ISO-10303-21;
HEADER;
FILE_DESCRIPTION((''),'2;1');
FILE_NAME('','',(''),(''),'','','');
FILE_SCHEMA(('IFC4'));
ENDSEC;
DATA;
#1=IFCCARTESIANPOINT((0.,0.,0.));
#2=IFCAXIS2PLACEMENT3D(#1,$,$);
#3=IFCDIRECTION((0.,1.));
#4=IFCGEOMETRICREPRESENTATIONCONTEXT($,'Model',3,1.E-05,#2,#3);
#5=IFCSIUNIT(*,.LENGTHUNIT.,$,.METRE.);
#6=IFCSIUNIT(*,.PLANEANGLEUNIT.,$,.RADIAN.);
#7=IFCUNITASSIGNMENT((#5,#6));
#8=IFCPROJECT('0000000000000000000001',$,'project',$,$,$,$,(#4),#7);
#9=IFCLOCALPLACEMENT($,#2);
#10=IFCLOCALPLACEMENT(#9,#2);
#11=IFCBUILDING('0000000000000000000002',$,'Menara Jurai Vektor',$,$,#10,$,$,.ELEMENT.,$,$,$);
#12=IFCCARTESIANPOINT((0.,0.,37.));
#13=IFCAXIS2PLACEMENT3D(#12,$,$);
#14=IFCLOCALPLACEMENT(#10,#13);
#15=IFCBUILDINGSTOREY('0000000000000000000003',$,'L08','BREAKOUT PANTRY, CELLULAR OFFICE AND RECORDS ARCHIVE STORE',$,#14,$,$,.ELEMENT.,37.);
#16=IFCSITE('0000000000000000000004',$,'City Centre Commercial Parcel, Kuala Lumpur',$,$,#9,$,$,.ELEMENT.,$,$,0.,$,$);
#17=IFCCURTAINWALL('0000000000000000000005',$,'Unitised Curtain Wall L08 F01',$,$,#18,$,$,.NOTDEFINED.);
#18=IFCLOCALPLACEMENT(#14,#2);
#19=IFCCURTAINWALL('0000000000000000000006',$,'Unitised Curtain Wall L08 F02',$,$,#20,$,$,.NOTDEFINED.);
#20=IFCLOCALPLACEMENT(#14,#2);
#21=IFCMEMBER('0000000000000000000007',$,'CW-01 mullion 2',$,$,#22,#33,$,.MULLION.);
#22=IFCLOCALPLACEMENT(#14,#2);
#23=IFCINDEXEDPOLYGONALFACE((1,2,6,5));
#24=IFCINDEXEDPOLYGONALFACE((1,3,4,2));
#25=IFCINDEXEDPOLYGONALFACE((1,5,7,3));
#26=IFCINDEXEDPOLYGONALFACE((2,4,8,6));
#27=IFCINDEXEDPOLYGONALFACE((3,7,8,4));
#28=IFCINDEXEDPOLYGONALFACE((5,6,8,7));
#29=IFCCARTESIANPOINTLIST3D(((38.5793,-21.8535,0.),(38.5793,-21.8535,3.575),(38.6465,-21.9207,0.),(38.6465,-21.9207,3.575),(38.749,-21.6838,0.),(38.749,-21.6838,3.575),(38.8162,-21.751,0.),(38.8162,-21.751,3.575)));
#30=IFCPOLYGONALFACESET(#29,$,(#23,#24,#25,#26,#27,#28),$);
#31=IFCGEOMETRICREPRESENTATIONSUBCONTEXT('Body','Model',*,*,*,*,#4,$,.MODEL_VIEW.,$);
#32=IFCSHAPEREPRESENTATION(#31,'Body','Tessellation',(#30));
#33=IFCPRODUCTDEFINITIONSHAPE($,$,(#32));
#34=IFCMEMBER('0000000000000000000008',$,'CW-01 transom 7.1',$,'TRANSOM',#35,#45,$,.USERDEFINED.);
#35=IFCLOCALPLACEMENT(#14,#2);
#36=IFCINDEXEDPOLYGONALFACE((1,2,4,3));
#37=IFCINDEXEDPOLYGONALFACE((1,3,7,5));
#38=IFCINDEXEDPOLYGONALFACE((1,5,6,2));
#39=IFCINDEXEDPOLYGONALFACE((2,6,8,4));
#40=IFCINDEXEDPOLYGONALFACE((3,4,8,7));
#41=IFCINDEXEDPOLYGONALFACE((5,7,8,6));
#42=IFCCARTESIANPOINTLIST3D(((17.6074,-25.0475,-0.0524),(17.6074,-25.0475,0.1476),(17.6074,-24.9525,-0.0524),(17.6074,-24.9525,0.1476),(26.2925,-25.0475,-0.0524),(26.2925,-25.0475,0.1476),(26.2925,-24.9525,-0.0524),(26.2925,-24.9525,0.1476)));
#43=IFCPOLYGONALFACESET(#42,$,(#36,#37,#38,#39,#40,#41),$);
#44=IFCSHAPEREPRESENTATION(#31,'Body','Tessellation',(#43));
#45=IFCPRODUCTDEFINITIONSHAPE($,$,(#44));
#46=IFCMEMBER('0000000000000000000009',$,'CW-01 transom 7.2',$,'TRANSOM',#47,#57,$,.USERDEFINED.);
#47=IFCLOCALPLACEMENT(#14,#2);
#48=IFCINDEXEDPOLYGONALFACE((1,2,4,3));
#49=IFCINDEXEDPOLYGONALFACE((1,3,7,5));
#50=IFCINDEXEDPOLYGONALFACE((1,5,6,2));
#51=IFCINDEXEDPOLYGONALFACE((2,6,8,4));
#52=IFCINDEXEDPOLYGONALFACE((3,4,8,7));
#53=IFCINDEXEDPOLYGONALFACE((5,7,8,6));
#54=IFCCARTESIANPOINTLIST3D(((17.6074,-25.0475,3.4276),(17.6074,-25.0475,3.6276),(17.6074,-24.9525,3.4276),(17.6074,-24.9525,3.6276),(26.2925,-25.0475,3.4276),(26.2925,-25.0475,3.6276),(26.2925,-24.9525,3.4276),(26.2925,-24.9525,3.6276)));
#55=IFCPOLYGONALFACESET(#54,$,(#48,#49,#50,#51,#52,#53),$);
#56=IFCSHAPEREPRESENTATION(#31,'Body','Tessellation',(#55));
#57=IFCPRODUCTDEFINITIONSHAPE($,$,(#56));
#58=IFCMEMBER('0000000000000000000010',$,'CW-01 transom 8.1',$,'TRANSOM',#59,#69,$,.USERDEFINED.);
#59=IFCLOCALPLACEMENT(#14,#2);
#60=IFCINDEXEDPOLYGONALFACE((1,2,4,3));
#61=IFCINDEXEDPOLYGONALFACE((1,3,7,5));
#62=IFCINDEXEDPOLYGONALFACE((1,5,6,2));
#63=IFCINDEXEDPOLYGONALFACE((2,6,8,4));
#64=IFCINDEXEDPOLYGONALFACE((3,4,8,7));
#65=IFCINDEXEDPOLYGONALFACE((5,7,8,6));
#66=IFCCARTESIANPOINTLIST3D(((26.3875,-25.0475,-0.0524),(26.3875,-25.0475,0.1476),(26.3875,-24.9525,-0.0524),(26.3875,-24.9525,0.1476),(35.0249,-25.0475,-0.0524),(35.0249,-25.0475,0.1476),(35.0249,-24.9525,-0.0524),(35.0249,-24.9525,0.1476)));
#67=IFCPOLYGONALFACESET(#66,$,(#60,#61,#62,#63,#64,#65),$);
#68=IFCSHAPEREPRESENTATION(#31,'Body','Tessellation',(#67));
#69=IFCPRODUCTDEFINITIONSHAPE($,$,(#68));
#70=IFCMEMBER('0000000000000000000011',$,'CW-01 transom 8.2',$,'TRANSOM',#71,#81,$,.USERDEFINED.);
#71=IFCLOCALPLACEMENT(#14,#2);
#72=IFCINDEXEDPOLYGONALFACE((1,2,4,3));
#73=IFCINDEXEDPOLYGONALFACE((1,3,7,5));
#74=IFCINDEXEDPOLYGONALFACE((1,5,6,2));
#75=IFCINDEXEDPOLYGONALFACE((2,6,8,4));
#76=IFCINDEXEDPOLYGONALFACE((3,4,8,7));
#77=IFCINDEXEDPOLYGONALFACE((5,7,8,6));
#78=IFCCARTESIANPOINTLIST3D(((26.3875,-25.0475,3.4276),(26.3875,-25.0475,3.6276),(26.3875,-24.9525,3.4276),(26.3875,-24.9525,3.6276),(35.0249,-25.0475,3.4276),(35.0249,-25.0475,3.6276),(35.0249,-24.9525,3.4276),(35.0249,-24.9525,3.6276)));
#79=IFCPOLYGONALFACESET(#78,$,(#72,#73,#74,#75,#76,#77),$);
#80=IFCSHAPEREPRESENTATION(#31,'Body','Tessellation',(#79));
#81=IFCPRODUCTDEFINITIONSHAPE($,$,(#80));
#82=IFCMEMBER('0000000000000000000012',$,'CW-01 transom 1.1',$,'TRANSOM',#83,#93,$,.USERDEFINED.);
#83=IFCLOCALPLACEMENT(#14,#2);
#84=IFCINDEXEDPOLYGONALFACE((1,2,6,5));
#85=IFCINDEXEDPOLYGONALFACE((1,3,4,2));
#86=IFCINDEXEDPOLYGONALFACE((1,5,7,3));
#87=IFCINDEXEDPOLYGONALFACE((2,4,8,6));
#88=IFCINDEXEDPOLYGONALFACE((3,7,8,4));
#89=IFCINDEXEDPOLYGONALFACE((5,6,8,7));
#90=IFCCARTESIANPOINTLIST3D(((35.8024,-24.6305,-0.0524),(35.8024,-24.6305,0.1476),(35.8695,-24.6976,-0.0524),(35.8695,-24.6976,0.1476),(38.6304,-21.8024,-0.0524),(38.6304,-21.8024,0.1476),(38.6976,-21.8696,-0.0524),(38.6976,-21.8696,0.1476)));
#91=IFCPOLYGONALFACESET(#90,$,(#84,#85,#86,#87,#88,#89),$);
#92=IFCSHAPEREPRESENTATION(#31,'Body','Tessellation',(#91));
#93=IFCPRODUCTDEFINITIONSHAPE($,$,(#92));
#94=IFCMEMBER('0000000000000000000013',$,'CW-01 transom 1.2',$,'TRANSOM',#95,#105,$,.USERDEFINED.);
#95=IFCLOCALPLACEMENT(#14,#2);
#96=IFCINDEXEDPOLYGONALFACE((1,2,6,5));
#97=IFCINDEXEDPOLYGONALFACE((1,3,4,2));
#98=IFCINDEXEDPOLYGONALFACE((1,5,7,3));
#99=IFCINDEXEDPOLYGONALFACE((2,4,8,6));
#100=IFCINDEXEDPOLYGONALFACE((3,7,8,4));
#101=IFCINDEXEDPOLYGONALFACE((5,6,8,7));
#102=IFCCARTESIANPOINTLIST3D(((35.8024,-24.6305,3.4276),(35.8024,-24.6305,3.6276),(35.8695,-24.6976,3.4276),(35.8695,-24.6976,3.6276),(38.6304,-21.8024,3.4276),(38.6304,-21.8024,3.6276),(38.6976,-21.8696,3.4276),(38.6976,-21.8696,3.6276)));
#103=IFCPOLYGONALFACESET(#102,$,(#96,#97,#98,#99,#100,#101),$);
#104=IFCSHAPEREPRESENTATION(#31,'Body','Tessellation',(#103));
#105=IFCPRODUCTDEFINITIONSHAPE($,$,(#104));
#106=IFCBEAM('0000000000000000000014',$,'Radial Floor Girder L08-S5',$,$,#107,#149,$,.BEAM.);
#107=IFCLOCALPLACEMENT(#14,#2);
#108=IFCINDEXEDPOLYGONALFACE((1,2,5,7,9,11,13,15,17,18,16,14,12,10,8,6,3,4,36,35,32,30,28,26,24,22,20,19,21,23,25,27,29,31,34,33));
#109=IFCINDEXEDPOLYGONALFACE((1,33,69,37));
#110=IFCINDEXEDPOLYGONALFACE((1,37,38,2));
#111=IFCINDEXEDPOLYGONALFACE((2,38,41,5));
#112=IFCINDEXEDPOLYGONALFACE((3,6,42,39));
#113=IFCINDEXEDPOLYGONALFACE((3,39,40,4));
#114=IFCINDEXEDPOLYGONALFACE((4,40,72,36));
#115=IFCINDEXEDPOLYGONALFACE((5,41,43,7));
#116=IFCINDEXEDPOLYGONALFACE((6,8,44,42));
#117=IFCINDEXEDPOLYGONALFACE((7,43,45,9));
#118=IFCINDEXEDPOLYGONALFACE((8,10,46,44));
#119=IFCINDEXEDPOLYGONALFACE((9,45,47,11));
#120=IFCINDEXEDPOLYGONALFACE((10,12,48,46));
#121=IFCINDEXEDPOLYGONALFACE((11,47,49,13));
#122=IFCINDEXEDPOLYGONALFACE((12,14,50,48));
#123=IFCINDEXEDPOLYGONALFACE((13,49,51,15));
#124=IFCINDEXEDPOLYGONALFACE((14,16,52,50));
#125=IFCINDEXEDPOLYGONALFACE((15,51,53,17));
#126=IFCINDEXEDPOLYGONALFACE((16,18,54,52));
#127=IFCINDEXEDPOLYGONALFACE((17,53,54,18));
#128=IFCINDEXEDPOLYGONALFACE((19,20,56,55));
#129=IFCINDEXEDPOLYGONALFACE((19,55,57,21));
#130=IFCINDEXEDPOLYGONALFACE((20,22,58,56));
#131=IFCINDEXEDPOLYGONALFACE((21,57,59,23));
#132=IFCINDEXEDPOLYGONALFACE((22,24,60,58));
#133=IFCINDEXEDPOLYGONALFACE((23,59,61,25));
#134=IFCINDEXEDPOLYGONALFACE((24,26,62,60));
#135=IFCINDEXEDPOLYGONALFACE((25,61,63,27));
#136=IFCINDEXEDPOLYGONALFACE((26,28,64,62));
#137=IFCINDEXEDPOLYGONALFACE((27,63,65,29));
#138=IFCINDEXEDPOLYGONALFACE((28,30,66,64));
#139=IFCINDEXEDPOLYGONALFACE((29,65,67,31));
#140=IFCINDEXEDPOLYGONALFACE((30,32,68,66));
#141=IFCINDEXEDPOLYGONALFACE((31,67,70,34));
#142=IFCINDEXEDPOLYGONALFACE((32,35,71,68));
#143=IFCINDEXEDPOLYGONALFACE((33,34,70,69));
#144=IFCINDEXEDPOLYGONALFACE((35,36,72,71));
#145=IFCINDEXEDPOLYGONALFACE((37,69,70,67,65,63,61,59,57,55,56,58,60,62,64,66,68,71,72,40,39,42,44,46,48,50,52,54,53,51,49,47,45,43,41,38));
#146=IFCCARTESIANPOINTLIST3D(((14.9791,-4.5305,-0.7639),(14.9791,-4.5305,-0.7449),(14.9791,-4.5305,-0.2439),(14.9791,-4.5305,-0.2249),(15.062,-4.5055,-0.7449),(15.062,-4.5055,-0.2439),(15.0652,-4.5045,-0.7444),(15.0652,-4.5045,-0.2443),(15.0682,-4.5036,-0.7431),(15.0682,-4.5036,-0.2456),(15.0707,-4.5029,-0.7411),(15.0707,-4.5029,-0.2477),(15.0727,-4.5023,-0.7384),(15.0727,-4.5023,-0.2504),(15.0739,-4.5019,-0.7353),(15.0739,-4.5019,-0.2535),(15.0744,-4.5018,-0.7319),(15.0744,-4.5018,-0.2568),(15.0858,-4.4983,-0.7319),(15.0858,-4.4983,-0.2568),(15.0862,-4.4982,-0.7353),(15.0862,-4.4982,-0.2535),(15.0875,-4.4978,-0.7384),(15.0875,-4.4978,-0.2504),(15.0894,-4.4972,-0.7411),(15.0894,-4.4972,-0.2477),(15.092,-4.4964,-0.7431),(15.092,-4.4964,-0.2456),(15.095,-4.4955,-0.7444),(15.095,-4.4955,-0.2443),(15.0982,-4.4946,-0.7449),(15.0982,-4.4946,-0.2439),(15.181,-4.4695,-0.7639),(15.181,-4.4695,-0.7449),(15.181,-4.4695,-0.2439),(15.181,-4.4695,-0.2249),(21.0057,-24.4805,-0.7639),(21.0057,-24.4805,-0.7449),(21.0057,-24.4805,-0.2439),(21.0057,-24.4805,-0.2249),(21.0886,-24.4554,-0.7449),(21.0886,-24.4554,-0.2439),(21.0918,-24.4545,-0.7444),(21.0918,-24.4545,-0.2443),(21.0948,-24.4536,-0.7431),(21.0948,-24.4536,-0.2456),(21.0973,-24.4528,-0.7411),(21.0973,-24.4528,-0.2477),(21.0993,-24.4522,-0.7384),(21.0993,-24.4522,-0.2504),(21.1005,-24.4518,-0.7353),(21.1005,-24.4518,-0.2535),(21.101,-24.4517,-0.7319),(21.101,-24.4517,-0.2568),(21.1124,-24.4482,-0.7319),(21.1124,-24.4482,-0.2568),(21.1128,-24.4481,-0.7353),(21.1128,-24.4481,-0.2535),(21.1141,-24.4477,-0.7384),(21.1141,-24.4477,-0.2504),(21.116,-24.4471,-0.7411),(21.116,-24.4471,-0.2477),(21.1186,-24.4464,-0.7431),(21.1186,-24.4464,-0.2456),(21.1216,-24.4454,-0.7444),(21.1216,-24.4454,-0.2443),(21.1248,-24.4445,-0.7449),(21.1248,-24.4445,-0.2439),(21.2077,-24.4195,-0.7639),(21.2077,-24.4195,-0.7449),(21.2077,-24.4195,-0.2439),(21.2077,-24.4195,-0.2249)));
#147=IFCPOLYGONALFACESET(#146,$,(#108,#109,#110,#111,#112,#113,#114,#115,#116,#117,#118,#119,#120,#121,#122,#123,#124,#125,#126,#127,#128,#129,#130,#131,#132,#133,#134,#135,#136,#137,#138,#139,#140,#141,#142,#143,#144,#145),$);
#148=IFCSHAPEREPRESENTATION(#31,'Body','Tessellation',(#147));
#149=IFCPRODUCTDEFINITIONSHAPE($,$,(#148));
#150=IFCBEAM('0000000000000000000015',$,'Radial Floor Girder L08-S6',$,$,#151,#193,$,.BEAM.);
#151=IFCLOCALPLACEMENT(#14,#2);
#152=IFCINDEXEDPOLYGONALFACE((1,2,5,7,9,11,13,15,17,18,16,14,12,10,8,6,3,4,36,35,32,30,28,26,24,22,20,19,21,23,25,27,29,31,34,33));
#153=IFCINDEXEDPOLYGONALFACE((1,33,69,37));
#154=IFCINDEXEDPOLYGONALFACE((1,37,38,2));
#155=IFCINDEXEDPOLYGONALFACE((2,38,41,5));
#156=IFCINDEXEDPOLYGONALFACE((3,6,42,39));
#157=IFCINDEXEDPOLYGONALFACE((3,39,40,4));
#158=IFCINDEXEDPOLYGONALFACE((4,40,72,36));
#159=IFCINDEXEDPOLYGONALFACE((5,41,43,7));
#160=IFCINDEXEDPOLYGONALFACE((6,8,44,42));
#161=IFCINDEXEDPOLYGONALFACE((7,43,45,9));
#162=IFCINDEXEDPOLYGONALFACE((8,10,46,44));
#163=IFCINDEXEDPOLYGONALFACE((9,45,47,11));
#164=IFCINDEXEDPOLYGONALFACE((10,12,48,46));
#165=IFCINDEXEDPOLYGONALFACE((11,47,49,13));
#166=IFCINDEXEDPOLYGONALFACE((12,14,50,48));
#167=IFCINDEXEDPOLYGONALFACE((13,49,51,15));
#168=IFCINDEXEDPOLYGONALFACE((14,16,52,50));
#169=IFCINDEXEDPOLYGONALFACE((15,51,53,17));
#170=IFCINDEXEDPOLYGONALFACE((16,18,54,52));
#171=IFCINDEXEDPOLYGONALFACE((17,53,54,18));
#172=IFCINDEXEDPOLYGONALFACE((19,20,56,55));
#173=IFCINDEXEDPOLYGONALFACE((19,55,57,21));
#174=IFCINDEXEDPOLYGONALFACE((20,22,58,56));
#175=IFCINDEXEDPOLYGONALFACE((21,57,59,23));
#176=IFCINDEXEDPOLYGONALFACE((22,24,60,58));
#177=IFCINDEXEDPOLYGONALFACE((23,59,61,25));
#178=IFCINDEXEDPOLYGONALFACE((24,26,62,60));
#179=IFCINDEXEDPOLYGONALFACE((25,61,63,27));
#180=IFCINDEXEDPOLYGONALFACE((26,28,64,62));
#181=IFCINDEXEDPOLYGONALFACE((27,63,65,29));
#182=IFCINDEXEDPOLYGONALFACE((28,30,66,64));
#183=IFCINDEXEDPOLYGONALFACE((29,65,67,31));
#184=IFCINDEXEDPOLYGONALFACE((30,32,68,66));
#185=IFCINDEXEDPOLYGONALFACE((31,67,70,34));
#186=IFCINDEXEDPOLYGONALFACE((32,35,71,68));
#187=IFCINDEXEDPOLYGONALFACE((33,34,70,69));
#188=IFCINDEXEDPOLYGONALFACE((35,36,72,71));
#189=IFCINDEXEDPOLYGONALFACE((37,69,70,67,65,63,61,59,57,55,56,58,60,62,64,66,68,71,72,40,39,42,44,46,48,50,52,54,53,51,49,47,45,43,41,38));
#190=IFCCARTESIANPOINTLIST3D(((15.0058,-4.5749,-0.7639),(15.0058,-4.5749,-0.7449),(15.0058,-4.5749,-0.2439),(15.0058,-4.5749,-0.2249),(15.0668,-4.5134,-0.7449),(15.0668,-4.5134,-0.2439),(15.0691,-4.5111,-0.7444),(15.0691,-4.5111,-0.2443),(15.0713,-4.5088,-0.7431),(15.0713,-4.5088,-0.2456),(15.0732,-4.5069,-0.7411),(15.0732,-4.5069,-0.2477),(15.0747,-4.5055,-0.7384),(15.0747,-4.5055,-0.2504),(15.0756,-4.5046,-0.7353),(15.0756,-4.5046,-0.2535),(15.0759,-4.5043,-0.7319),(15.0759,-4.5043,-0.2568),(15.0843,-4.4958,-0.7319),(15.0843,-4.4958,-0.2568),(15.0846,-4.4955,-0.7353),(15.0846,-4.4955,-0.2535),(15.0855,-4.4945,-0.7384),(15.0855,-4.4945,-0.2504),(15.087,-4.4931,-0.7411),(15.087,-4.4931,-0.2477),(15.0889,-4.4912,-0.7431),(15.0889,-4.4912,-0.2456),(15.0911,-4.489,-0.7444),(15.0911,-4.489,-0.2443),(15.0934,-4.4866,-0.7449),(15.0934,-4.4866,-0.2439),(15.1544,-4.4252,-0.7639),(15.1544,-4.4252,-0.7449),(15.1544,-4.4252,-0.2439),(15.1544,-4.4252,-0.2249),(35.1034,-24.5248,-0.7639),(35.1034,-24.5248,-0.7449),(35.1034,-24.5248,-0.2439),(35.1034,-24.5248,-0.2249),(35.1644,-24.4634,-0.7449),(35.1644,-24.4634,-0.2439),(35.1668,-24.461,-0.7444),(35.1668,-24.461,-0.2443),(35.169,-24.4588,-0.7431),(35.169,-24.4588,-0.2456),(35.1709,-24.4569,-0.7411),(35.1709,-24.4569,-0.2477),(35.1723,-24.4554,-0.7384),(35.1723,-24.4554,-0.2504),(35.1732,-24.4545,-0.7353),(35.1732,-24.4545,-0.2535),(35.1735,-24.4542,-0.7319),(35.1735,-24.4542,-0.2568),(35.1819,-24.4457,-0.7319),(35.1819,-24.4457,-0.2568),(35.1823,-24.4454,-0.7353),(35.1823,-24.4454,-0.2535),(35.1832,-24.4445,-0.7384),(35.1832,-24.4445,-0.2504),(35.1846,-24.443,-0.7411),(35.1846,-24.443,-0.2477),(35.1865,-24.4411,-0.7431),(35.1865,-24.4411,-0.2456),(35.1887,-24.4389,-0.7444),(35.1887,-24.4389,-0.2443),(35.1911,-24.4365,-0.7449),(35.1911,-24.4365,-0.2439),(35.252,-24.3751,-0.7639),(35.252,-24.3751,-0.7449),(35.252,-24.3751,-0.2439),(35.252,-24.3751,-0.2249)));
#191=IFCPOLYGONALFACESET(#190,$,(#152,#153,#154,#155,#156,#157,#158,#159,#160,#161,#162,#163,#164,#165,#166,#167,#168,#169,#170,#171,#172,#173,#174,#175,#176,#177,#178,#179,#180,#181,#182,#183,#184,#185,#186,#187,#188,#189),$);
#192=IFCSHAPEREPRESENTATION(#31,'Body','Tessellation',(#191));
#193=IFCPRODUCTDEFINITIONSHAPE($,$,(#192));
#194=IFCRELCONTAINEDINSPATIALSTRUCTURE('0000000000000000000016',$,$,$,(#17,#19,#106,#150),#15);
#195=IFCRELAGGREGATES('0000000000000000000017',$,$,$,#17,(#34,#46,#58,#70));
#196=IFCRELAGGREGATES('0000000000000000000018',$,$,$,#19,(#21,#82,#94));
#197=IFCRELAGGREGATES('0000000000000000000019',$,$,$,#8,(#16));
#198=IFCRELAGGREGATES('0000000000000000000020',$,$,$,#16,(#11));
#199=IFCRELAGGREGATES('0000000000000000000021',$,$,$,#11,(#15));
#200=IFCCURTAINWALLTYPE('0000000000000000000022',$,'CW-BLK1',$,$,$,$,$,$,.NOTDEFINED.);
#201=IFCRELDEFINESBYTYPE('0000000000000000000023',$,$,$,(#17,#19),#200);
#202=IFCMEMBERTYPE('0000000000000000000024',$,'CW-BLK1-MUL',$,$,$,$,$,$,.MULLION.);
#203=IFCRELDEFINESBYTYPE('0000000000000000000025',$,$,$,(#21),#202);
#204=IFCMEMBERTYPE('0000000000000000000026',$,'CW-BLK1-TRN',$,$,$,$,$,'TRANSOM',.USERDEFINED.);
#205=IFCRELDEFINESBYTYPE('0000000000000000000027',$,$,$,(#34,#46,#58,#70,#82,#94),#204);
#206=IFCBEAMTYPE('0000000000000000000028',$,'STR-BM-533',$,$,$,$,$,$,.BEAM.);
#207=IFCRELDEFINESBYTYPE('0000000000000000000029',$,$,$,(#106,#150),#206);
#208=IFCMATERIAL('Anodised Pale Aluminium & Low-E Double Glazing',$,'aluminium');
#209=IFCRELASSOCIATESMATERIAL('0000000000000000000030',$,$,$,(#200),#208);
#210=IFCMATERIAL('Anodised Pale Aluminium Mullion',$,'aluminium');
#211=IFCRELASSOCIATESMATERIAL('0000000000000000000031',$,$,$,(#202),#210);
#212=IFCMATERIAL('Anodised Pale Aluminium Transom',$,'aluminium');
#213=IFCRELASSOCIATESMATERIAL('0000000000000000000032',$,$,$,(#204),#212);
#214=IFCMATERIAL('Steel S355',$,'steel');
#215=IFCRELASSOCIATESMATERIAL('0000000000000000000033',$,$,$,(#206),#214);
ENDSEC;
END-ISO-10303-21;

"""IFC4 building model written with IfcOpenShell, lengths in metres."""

from ifc_helpers import new_model, si_unit, direction, frame, origin, origin_2d, place, context, subcontext, project, spatial, rectangle, i_section, extrude, material, material_profile, profile_set, type_object, element, aggregate, save


model = new_model("IFC4")

# Units and contexts
model_context = context("Model", 3, precision=1e-05, world=origin(), true_north=direction((0.0, 1.0)))
body_context = subcontext(model_context, "Body", "Model", "MODEL_VIEW")
ifc_project = project(units=[si_unit("LENGTHUNIT", "METRE"), si_unit("PLANEANGLEUNIT", "RADIAN")], contexts=[model_context])

# Site, building, storey
site_placement = place(None, origin())
site = spatial("IfcSite", under=ifc_project, at=site_placement, Name="City Centre Commercial Parcel, Kuala Lumpur", CompositionType="ELEMENT", RefElevation=0.0)
building_placement = place(site_placement, origin())
building = spatial("IfcBuilding", under=site, at=building_placement, Name="Menara Jurai Vektor", CompositionType="ELEMENT")
storey_placement = place(building_placement, frame((0.0, 0.0, 37.0)))
storey = spatial("IfcBuildingStorey", under=building, at=storey_placement, Name="L08", Description="BREAKOUT PANTRY, CELLULAR OFFICE AND RECORDS ARCHIVE STORE", CompositionType="ELEMENT", Elevation=37.0)

# Curtain walls, member
ifc_material_1 = material(Name="Anodised Pale Aluminium & Low-E Double Glazing", Category="aluminium")
curtain_wall_type = type_object("IfcCurtainWallType", Name="CW-BLK1", PredefinedType="NOTDEFINED", material=ifc_material_1)
curtain_wall_1_placement = place(storey_placement, origin())
curtain_wall_1 = element("IfcCurtainWall", 1, at=curtain_wall_1_placement, inside=storey, type_object=curtain_wall_type, Name="Unitised Curtain Wall L08 F01", PredefinedType="NOTDEFINED")
ifc_material_2 = material(Name="Anodised Pale Aluminium Mullion", Category="aluminium")
ifc_material_profile_1 = material_profile(ifc_material_2, rectangle(XDim=0.095, YDim=0.24, at=origin_2d()), Name="ALU MUL 95x240")
ifc_profile_set_1 = profile_set([ifc_material_profile_1], Name="Anodised Pale Aluminium Mullion")
member_type_1 = type_object("IfcMemberType", Name="CW-BLK1-MUL", PredefinedType="MULLION", material=ifc_profile_set_1)
curtain_wall_2_placement = place(storey_placement, origin())
curtain_wall_2 = element("IfcCurtainWall", 2, at=curtain_wall_2_placement, inside=storey, type_object=curtain_wall_type, Name="Unitised Curtain Wall L08 F02", PredefinedType="NOTDEFINED")
member_1_placement = place(storey_placement, frame((38.6978, -21.8022, 0.0), z_axis=(0.0, 0.0, 1.0), x_axis=(-0.707107, 0.707107, 0.0)))
member_1 = element("IfcMember", 3, at=member_1_placement, type_object=member_type_1, Name="CW-01 mullion 2", PredefinedType="MULLION", context=body_context, shape_type="SweptSolid", body=[
    extrude(rectangle(XDim=0.095, YDim=0.24, at=origin_2d()), origin(), (0.0, 0.0, 1.0), 3.575),
])

# Members
ifc_material_3 = material(Name="Anodised Pale Aluminium Transom", Category="aluminium")
ifc_material_profile_2 = material_profile(ifc_material_3, rectangle(XDim=0.095, YDim=0.2, at=origin_2d()), Name="ALU TRN 95x200")
ifc_profile_set_2 = profile_set([ifc_material_profile_2], Name="Anodised Pale Aluminium Transom")
member_type_2 = type_object("IfcMemberType", Name="CW-BLK1-TRN", ElementType="TRANSOM", PredefinedType="USERDEFINED", material=ifc_profile_set_2)
member_2_placement = place(storey_placement, frame((17.6074, -25.0, 0.0476), z_axis=(1.0, 0.0, 0.0), x_axis=(0.0, 1.0, 0.0)))
member_2 = element("IfcMember", 4, at=member_2_placement, type_object=member_type_2, Name="CW-01 transom 7.1", ObjectType="TRANSOM", PredefinedType="USERDEFINED", context=body_context, shape_type="SweptSolid", body=[
    extrude(rectangle(XDim=0.095, YDim=0.2, at=origin_2d()), origin(), (0.0, 0.0, 1.0), 8.6851),
])
member_3_placement = place(storey_placement, frame((17.6074, -25.0, 3.5276), z_axis=(1.0, 0.0, 0.0), x_axis=(0.0, 1.0, 0.0)))
member_3 = element("IfcMember", 5, at=member_3_placement, type_object=member_type_2, Name="CW-01 transom 7.2", ObjectType="TRANSOM", PredefinedType="USERDEFINED", context=body_context, shape_type="SweptSolid", body=[
    extrude(rectangle(XDim=0.095, YDim=0.2, at=origin_2d()), origin(), (0.0, 0.0, 1.0), 8.6851),
])
member_4_placement = place(storey_placement, frame((26.3875, -25.0, 0.0476), z_axis=(1.0, 0.0, 0.0), x_axis=(0.0, 1.0, 0.0)))
member_4 = element("IfcMember", 6, at=member_4_placement, type_object=member_type_2, Name="CW-01 transom 8.1", ObjectType="TRANSOM", PredefinedType="USERDEFINED", context=body_context, shape_type="SweptSolid", body=[
    extrude(rectangle(XDim=0.095, YDim=0.2, at=origin_2d()), origin(), (0.0, 0.0, 1.0), 8.6375),
])
member_5_placement = place(storey_placement, frame((26.3875, -25.0, 3.5276), z_axis=(1.0, 0.0, 0.0), x_axis=(0.0, 1.0, 0.0)))
member_5 = element("IfcMember", 7, at=member_5_placement, type_object=member_type_2, Name="CW-01 transom 8.2", ObjectType="TRANSOM", PredefinedType="USERDEFINED", context=body_context, shape_type="SweptSolid", body=[
    extrude(rectangle(XDim=0.095, YDim=0.2, at=origin_2d()), origin(), (0.0, 0.0, 1.0), 8.6375),
])
member_6_placement = place(storey_placement, frame((35.8359, -24.6641, 0.0476), z_axis=(0.707107, 0.707107, 0.0), x_axis=(-0.707107, 0.707107, 0.0)))
member_6 = element("IfcMember", 8, at=member_6_placement, type_object=member_type_2, Name="CW-01 transom 1.1", ObjectType="TRANSOM", PredefinedType="USERDEFINED", context=body_context, shape_type="SweptSolid", body=[
    extrude(rectangle(XDim=0.095, YDim=0.2, at=origin_2d()), origin(), (0.0, 0.0, 1.0), 3.9995),
])
member_7_placement = place(storey_placement, frame((35.8359, -24.6641, 3.5276), z_axis=(0.707107, 0.707107, 0.0), x_axis=(-0.707107, 0.707107, 0.0)))
member_7 = element("IfcMember", 9, at=member_7_placement, type_object=member_type_2, Name="CW-01 transom 1.2", ObjectType="TRANSOM", PredefinedType="USERDEFINED", context=body_context, shape_type="SweptSolid", body=[
    extrude(rectangle(XDim=0.095, YDim=0.2, at=origin_2d()), origin(), (0.0, 0.0, 1.0), 3.9995),
])

# Beams
ifc_material_4 = material(Name="Steel S355", Category="steel")
ifc_material_profile_3 = material_profile(ifc_material_4, i_section(OverallWidth=0.2109, OverallDepth=0.5391, WebThickness=0.012, FlangeThickness=0.019, FilletRadius=0.0129, at=origin_2d()), Name="UKB 533x210x109")
ifc_profile_set_3 = profile_set([ifc_material_profile_3], Name="Steel S355")
beam_type_1 = type_object("IfcBeamType", Name="STR-BM-533", PredefinedType="BEAM", material=ifc_profile_set_3)
beam_1_placement = place(storey_placement, frame((21.1067, -24.45, -0.4944), z_axis=(-0.28918, 0.957275, 0.0), x_axis=(-0.957275, -0.28918, 0.0)))
element("IfcBeam", 10, at=beam_1_placement, inside=storey, type_object=beam_type_1, Name="Radial Floor Girder L08-S5", PredefinedType="BEAM", context=body_context, shape_type="SweptSolid", body=[
    extrude(i_section(OverallWidth=0.2109, OverallDepth=0.5391, WebThickness=0.012, FlangeThickness=0.019, FilletRadius=0.0129, at=origin_2d()), origin(), (0.0, 0.0, 1.0), 20.8403),
])
beam_2_placement = place(storey_placement, frame((35.1777, -24.45, -0.4944), z_axis=(-0.70971, 0.704494, 0.0), x_axis=(-0.704494, -0.70971, 0.0)))
element("IfcBeam", 11, at=beam_2_placement, inside=storey, type_object=beam_type_1, Name="Radial Floor Girder L08-S6", PredefinedType="BEAM", context=body_context, shape_type="SweptSolid", body=[
    extrude(i_section(OverallWidth=0.2109, OverallDepth=0.5391, WebThickness=0.012, FlangeThickness=0.019, FilletRadius=0.0129, at=origin_2d()), origin(), (0.0, 0.0, 1.0), 28.3181),
])

aggregate(curtain_wall_1, [member_2, member_3, member_4, member_5])
aggregate(curtain_wall_2, [member_1, member_6, member_7])

save(model, "model.ifc")
